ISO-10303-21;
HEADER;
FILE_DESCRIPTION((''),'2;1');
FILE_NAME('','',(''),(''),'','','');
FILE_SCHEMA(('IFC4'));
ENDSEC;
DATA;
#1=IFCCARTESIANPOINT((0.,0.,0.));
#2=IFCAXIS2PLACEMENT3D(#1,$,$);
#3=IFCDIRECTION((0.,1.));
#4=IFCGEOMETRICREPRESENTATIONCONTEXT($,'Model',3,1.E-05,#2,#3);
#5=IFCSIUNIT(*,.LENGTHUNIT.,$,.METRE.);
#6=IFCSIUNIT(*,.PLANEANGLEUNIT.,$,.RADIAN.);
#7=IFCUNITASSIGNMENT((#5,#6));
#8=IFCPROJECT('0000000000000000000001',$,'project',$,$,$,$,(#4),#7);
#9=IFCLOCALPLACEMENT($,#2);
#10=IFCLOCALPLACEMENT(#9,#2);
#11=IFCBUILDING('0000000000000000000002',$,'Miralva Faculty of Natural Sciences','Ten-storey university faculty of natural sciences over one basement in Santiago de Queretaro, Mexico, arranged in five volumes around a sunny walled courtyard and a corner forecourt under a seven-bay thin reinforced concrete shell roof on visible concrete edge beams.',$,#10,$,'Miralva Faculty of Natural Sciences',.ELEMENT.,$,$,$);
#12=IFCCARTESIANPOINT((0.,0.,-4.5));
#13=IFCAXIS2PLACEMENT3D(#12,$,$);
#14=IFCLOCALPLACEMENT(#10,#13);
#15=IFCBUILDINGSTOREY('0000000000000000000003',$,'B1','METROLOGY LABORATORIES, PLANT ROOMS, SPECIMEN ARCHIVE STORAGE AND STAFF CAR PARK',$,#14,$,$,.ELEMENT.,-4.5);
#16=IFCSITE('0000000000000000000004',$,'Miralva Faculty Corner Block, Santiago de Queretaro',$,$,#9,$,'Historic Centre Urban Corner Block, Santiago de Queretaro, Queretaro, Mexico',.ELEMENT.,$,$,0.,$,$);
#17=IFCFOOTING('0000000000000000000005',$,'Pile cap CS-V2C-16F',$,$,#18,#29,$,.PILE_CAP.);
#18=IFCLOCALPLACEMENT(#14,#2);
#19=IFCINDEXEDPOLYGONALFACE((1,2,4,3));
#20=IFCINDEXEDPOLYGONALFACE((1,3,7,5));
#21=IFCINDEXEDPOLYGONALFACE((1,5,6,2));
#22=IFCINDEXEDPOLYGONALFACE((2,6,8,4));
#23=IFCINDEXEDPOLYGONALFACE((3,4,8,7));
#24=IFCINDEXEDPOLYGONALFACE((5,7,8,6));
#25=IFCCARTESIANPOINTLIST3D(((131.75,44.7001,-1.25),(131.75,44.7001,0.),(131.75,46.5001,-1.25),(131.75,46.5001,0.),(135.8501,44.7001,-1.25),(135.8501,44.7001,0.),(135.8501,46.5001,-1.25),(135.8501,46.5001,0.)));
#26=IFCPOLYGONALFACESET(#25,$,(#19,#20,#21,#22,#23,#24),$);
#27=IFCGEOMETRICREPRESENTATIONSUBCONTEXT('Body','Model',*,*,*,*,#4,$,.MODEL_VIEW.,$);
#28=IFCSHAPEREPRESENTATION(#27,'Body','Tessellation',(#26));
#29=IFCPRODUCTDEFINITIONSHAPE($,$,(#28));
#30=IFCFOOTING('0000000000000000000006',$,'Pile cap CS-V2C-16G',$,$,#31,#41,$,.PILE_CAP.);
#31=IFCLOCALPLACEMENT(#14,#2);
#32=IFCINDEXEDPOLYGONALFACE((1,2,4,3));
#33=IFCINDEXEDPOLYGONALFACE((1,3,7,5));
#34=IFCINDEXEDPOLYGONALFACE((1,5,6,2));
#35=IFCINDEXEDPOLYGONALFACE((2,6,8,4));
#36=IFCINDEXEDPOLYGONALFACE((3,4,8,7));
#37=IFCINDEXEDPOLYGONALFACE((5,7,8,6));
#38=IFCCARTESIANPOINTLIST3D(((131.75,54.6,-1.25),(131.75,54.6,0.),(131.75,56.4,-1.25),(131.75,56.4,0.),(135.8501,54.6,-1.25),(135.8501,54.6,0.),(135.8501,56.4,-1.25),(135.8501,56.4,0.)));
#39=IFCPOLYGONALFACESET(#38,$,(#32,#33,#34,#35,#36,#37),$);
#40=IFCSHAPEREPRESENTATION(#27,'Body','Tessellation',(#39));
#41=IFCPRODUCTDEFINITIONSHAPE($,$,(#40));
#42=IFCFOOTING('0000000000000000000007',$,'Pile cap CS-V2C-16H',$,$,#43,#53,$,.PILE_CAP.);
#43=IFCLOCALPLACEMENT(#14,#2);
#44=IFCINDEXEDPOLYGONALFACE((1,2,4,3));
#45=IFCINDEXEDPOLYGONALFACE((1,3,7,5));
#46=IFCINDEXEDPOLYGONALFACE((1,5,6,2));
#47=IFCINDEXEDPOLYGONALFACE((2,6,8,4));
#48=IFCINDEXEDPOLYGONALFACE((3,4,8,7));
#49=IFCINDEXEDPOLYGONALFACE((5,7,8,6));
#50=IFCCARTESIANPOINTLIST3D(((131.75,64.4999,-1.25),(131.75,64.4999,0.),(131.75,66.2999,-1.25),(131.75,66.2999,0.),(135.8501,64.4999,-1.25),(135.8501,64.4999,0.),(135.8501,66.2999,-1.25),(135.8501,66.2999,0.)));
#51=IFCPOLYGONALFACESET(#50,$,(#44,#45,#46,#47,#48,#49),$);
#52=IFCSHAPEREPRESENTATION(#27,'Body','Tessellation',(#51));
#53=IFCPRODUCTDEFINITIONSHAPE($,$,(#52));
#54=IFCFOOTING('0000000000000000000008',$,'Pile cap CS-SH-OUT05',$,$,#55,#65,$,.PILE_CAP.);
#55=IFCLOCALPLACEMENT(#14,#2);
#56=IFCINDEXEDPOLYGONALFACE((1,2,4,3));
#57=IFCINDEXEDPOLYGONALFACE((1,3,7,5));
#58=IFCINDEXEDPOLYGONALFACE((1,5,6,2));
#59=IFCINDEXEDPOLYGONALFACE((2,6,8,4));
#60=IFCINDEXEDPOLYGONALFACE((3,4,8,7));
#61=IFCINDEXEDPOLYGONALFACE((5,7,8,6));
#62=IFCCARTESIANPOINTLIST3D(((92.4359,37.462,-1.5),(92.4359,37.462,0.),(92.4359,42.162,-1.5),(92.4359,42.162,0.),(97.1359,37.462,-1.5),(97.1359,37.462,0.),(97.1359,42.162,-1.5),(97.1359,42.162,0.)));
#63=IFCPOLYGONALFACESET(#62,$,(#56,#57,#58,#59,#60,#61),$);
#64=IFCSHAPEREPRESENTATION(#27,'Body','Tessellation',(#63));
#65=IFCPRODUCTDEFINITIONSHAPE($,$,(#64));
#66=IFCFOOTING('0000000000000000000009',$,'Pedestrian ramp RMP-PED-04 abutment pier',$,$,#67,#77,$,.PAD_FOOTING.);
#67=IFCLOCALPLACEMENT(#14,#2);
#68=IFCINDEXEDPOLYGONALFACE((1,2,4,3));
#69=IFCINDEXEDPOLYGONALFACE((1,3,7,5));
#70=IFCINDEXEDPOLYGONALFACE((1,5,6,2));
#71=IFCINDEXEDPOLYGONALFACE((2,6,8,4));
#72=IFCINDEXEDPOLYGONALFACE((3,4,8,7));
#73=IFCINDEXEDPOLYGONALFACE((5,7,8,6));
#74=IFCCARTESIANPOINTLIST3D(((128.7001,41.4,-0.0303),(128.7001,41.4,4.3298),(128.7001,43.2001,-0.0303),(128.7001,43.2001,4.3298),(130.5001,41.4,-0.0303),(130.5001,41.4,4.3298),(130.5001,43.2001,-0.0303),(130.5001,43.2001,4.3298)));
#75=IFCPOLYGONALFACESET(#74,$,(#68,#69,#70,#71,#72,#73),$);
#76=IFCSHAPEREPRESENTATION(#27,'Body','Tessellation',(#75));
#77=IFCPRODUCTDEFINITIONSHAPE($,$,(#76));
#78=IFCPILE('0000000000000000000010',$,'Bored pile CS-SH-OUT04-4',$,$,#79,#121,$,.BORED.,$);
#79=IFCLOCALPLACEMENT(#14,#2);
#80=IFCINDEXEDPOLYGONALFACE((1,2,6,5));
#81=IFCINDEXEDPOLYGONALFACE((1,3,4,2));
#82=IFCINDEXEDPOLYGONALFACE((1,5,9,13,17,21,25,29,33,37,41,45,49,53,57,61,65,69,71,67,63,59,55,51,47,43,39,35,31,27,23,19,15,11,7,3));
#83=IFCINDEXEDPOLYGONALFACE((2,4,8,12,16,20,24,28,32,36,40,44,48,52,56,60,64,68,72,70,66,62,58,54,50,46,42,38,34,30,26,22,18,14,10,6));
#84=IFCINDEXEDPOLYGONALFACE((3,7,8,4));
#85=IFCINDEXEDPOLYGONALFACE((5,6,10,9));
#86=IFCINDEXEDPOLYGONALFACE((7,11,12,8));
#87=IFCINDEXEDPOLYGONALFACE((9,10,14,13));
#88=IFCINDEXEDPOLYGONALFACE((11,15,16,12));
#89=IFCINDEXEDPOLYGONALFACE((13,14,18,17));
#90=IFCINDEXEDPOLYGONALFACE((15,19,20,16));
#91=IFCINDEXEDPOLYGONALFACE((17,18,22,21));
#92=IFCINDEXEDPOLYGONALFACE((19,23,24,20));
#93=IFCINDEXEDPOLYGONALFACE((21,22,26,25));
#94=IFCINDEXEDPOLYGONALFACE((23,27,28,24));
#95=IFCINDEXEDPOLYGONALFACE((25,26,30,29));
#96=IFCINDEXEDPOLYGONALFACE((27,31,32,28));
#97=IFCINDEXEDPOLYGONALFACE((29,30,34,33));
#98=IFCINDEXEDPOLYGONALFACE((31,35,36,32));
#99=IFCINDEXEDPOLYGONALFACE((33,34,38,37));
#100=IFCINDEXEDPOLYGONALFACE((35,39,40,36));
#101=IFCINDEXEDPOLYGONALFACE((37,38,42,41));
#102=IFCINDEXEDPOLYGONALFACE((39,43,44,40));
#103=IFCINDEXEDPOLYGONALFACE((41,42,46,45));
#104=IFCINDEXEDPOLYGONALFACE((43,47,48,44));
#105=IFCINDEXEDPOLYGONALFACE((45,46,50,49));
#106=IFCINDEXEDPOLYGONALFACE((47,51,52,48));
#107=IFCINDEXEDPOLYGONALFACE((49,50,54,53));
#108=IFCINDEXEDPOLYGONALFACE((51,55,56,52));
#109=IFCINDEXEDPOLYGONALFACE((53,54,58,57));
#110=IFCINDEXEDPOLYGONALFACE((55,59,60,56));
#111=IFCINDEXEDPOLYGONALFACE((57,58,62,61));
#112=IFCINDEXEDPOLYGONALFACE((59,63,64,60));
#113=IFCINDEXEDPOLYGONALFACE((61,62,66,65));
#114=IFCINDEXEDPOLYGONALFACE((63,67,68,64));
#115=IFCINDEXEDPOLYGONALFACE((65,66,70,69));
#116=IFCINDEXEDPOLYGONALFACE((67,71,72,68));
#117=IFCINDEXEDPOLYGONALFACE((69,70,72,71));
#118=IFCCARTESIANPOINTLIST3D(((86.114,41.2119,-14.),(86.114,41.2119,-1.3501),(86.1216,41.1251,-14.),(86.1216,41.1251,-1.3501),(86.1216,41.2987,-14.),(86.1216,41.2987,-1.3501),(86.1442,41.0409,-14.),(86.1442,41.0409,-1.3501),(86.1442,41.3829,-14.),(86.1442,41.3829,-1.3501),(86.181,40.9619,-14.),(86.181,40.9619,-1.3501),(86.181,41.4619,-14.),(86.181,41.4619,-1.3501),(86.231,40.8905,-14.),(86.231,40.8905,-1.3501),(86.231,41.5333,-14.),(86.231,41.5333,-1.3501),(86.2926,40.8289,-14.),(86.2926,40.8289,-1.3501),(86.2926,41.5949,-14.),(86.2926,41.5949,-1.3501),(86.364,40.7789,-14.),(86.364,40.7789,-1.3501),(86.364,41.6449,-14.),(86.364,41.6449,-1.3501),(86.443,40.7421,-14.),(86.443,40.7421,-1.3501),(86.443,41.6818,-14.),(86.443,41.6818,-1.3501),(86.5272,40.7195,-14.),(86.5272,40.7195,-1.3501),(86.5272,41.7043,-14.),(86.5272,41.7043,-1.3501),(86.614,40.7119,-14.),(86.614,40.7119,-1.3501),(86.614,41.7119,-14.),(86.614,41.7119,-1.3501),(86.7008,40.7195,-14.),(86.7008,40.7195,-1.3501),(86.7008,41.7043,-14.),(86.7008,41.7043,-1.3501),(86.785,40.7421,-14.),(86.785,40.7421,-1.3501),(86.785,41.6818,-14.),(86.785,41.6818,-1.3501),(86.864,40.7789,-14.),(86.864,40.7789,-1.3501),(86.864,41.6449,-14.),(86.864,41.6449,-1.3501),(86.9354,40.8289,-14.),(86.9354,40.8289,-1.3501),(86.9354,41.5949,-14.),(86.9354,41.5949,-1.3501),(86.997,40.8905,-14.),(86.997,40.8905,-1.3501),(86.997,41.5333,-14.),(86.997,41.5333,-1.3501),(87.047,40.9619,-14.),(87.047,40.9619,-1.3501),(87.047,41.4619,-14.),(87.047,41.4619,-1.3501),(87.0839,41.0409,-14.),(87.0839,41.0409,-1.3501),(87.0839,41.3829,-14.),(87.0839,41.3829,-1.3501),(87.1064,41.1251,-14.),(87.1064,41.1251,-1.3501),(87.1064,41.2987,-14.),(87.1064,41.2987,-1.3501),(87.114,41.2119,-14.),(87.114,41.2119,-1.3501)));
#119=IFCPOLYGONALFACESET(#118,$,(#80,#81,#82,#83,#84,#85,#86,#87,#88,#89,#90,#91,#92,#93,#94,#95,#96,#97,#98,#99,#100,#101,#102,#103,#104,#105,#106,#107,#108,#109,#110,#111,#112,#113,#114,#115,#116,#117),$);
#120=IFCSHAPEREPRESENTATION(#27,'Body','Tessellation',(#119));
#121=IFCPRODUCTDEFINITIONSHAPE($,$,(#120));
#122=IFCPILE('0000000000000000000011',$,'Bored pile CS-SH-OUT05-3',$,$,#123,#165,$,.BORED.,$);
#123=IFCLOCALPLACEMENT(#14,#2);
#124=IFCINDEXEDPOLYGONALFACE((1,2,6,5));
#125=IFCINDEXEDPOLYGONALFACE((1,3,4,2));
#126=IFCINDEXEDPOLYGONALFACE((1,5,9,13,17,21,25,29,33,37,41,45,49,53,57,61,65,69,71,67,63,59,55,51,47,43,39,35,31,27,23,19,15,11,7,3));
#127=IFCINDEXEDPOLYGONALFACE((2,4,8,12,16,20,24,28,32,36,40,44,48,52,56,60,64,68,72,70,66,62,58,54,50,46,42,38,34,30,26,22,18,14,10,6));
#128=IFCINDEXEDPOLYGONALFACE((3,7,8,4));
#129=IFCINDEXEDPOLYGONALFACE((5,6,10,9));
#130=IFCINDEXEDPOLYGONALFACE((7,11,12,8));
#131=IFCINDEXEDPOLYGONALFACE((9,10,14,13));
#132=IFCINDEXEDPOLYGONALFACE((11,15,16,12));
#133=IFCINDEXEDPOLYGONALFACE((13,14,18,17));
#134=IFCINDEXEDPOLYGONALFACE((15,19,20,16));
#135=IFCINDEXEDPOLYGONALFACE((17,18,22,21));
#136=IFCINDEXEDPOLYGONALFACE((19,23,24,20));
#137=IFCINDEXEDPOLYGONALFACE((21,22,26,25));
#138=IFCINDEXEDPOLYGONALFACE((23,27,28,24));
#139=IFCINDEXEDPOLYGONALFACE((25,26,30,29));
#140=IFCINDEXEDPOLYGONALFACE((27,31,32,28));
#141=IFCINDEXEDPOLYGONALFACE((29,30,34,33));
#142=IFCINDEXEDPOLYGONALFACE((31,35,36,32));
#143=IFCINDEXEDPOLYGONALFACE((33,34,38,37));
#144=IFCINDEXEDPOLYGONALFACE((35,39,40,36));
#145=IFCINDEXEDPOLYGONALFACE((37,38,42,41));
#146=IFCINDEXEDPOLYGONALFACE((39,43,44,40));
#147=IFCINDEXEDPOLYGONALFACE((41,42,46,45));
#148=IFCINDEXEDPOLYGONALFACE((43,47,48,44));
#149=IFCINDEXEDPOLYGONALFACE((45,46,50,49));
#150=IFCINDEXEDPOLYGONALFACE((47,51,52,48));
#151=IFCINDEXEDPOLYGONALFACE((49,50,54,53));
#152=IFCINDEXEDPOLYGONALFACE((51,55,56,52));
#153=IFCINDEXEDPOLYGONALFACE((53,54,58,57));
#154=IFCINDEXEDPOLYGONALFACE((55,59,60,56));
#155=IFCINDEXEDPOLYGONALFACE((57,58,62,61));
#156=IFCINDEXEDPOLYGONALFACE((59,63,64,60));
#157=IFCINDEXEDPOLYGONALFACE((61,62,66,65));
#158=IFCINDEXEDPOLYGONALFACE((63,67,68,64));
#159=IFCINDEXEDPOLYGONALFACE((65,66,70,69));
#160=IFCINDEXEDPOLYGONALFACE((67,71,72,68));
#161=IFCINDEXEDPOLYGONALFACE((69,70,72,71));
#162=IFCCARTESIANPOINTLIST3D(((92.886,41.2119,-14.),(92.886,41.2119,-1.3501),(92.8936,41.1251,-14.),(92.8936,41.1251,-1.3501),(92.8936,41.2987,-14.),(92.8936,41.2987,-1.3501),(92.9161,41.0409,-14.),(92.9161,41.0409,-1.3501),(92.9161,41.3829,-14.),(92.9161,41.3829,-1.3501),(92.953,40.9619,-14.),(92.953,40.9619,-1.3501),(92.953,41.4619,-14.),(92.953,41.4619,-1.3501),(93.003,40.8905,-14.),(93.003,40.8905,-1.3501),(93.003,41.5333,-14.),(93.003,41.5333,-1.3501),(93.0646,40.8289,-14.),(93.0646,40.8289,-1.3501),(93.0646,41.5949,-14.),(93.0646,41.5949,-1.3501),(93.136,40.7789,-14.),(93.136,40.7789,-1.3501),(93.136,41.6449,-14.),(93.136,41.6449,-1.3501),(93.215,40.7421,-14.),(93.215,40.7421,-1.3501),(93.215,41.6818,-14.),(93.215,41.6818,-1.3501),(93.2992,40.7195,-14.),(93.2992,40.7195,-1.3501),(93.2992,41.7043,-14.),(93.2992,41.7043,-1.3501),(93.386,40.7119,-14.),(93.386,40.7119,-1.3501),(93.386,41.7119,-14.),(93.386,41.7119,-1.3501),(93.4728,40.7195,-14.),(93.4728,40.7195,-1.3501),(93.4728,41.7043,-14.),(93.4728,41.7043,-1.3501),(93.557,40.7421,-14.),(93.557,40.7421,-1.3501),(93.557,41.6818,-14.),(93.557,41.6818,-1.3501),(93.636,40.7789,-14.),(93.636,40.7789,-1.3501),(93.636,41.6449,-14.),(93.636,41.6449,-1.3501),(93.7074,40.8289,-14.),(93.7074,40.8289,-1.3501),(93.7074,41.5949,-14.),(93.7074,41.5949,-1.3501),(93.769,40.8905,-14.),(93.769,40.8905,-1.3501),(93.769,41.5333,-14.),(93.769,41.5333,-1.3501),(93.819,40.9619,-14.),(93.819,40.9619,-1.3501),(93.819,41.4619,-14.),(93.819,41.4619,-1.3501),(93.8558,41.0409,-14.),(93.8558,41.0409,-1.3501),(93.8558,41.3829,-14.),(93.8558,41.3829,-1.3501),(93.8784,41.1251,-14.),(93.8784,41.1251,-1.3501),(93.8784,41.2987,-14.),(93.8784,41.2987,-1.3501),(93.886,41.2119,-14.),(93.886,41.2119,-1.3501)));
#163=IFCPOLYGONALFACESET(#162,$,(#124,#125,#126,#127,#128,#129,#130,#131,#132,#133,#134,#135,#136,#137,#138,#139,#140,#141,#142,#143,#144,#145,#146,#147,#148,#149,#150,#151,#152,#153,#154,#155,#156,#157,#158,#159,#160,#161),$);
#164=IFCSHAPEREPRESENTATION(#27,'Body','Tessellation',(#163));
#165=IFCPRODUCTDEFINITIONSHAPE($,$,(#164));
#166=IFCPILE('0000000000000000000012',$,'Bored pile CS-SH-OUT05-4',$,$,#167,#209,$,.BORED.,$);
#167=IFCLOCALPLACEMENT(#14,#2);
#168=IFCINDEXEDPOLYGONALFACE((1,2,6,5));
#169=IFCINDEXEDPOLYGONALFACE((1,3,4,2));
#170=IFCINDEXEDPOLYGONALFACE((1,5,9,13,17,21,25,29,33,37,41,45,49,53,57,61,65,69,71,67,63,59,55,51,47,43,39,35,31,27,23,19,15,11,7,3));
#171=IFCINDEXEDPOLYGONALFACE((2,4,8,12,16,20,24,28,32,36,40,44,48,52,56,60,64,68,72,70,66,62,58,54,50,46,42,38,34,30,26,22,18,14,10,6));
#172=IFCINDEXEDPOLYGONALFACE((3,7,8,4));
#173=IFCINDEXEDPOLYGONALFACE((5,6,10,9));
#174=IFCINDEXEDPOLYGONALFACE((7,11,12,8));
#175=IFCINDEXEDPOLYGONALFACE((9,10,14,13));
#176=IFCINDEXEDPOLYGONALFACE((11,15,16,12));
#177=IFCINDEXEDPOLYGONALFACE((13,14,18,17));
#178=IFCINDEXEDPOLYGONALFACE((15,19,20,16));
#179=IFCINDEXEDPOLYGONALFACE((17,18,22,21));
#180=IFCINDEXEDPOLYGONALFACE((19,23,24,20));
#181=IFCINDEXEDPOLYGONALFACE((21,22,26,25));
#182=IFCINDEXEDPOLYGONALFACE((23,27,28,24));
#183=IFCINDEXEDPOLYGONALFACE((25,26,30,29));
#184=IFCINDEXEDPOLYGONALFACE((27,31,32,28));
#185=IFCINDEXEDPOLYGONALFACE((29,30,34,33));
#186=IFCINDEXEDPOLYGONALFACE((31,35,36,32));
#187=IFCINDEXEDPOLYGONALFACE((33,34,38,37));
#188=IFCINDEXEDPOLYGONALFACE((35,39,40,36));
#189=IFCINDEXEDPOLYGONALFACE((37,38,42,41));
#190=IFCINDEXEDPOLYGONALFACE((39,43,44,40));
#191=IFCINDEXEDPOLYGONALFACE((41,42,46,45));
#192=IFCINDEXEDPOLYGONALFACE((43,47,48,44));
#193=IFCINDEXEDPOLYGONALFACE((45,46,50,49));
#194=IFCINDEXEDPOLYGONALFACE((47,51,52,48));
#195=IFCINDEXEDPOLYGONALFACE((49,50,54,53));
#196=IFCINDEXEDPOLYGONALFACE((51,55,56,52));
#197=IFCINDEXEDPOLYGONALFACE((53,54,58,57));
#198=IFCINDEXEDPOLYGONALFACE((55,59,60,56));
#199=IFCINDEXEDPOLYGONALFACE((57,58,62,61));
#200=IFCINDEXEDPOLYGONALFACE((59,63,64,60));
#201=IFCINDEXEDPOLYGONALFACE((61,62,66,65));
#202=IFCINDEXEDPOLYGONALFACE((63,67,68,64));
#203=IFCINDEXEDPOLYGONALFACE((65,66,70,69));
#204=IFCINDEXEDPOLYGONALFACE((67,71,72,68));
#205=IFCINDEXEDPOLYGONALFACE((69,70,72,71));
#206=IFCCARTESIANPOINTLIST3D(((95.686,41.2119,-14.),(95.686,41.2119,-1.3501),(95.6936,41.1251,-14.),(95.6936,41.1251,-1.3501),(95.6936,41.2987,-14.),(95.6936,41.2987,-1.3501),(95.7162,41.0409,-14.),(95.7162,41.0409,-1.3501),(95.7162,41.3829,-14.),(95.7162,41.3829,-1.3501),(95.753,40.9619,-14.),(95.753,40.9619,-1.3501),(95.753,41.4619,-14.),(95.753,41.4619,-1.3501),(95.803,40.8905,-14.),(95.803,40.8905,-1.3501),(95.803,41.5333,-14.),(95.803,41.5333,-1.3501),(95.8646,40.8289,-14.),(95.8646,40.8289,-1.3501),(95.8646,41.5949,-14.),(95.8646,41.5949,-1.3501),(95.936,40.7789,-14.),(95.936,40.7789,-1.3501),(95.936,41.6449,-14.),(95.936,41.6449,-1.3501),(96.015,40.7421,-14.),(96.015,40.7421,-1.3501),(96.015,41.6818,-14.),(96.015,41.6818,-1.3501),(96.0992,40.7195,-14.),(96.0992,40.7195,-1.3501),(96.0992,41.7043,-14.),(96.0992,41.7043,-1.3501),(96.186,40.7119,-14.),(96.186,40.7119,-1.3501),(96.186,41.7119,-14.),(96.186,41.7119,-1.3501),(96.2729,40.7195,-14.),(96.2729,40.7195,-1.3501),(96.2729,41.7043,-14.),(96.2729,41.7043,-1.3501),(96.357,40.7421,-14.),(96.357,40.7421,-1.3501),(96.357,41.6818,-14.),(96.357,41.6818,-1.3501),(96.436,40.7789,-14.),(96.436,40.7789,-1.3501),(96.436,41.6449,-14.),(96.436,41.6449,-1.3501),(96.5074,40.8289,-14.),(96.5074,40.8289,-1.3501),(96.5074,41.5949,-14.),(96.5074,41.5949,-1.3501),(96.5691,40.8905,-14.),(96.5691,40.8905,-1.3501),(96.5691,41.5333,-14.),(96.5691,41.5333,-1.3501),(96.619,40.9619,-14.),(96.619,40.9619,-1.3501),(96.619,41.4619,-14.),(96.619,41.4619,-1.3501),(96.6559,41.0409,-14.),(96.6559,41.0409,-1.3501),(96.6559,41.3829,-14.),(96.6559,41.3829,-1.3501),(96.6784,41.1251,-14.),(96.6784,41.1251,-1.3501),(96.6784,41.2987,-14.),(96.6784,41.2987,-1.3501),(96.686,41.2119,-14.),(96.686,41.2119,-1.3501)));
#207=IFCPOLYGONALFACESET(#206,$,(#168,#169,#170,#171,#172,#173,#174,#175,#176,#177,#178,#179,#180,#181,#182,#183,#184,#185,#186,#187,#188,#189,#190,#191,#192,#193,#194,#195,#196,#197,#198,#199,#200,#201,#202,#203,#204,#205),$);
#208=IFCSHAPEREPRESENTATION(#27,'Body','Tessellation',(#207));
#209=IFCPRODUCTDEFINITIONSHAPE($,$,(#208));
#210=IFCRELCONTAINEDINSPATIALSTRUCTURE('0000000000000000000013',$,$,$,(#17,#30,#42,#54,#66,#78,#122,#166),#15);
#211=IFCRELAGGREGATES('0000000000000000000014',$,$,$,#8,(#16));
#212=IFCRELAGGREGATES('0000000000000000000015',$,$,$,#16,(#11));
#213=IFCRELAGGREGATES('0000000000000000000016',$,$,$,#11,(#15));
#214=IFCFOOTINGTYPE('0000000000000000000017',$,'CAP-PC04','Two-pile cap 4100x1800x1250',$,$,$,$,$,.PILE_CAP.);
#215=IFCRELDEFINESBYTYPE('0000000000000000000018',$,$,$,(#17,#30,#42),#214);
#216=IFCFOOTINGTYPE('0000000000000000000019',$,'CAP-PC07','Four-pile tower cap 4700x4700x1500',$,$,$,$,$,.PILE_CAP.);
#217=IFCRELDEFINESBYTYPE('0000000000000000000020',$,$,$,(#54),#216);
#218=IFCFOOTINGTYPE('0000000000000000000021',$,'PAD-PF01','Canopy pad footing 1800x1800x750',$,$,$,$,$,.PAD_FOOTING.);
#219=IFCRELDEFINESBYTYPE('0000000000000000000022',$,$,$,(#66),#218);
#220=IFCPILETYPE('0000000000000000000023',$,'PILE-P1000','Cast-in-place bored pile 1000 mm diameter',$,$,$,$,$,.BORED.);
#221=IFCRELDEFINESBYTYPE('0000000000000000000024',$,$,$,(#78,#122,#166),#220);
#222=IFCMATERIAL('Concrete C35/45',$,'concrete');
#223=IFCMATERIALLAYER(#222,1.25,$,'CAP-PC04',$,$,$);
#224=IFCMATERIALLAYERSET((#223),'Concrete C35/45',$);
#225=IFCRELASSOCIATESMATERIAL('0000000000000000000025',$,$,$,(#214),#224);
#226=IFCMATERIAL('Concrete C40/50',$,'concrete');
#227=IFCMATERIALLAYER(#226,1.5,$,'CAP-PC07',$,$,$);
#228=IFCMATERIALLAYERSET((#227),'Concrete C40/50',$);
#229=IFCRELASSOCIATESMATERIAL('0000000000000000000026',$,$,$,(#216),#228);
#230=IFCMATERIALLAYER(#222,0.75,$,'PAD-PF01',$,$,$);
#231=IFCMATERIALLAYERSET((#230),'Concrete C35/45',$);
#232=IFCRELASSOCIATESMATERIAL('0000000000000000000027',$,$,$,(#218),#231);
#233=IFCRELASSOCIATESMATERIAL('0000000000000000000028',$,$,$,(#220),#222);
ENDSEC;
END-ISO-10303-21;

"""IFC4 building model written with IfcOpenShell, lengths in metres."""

from ifc_helpers import new_model, si_unit, direction, frame, origin, origin_2d, place, context, subcontext, project, spatial, rectangle, circle, extrude, material, layer, layer_set, material_profile, profile_set, type_object, element, save


model = new_model("IFC4")

# Units and contexts
model_context = context("Model", 3, precision=1e-05, world=origin(), true_north=direction((0.0, 1.0)))
body_context = subcontext(model_context, "Body", "Model", "MODEL_VIEW")
ifc_project = project(units=[si_unit("LENGTHUNIT", "METRE"), si_unit("PLANEANGLEUNIT", "RADIAN")], contexts=[model_context])

# Site, building, storey
site_placement = place(None, origin())
site = spatial("IfcSite", under=ifc_project, at=site_placement, Name="Miralva Faculty Corner Block, Santiago de Queretaro", LongName="Historic Centre Urban Corner Block, Santiago de Queretaro, Queretaro, Mexico", CompositionType="ELEMENT", RefElevation=0.0)
building_placement = place(site_placement, origin())
building = spatial("IfcBuilding", under=site, at=building_placement, Name="Miralva Faculty of Natural Sciences", Description="Ten-storey university faculty of natural sciences over one basement in Santiago de Queretaro, Mexico, arranged in five volumes around a sunny walled courtyard and a corner forecourt under a seven-bay thin reinforced concrete shell roof on visible concrete edge beams.", LongName="Miralva Faculty of Natural Sciences", CompositionType="ELEMENT")
storey_placement = place(building_placement, frame((0.0, 0.0, -4.5)))
storey = spatial("IfcBuildingStorey", under=building, at=storey_placement, Name="B1", Description="METROLOGY LABORATORIES, PLANT ROOMS, SPECIMEN ARCHIVE STORAGE AND STAFF CAR PARK", CompositionType="ELEMENT", Elevation=-4.5)

# Footings
ifc_material_1 = material(Name="Concrete C35/45", Category="concrete")
ifc_layer_1 = layer(ifc_material_1, 1.25, Name="CAP-PC04")
ifc_layer_set_1 = layer_set([ifc_layer_1], Name="Concrete C35/45")
footing_type_1 = type_object("IfcFootingType", Name="CAP-PC04", Description="Two-pile cap 4100x1800x1250", PredefinedType="PILE_CAP", material=ifc_layer_set_1)
for number, where, z_axis, x_axis, name in (
    (1, (133.8, 45.6001, -1.25), (0.0, 0.0, 1.0), (1.0, 0.0, 0.0), "Pile cap CS-V2C-16F"),
    (2, (133.8, 55.5, -1.25), (0.0, 0.0, 1.0), (1.0, 0.0, 0.0), "Pile cap CS-V2C-16G"),
    (3, (133.8, 65.3999, -1.25), (0.0, 0.0, 1.0), (1.0, 0.0, 0.0), "Pile cap CS-V2C-16H"),
):
    element("IfcFooting", number, at=place(storey_placement, frame(where, z_axis=z_axis, x_axis=x_axis)), inside=storey, type_object=footing_type_1, Name=name, PredefinedType="PILE_CAP", context=body_context, shape_type="SweptSolid", body=[
        extrude(rectangle(XDim=4.1001, YDim=1.8, at=origin_2d()), origin(), (0.0, 0.0, 1.0), 1.25),
    ])
ifc_material_2 = material(Name="Concrete C40/50", Category="concrete")
ifc_layer_2 = layer(ifc_material_2, 1.5, Name="CAP-PC07")
ifc_layer_set_2 = layer_set([ifc_layer_2], Name="Concrete C40/50")
footing_type_2 = type_object("IfcFootingType", Name="CAP-PC07", Description="Four-pile tower cap 4700x4700x1500", PredefinedType="PILE_CAP", material=ifc_layer_set_2)
footing_1_placement = place(storey_placement, frame((94.7859, 39.812, -1.5), z_axis=(0.0, 0.0, 1.0), x_axis=(1.0, 0.0, 0.0)))
element("IfcFooting", 4, at=footing_1_placement, inside=storey, type_object=footing_type_2, Name="Pile cap CS-SH-OUT05", PredefinedType="PILE_CAP", context=body_context, shape_type="SweptSolid", body=[
    extrude(rectangle(XDim=4.7, YDim=4.7, at=origin_2d()), origin(), (0.0, 0.0, 1.0), 1.5),
])
ifc_layer_3 = layer(ifc_material_1, 0.75, Name="PAD-PF01")
ifc_layer_set_3 = layer_set([ifc_layer_3], Name="Concrete C35/45")
footing_type_3 = type_object("IfcFootingType", Name="PAD-PF01", Description="Canopy pad footing 1800x1800x750", PredefinedType="PAD_FOOTING", material=ifc_layer_set_3)
footing_2_placement = place(storey_placement, frame((129.6001, 42.3, -0.0303), z_axis=(0.0, 0.0, 1.0), x_axis=(1.0, 0.0, 0.0)))
element("IfcFooting", 5, at=footing_2_placement, inside=storey, type_object=footing_type_3, Name="Pedestrian ramp RMP-PED-04 abutment pier", PredefinedType="PAD_FOOTING", context=body_context, shape_type="SweptSolid", body=[
    extrude(rectangle(XDim=1.8, YDim=1.8, at=origin_2d()), origin(), (0.0, 0.0, 1.0), 4.3601),
])

# Piles
ifc_material_profile_1 = material_profile(ifc_material_1, circle(Radius=0.5, at=origin_2d()), Name="BORED PILE 1000")
ifc_profile_set_1 = profile_set([ifc_material_profile_1], Name="Concrete C35/45")
pile_type = type_object("IfcPileType", Name="PILE-P1000", Description="Cast-in-place bored pile 1000 mm diameter", PredefinedType="BORED", material=ifc_profile_set_1)
for number, where, z_axis, x_axis, name in (
    (6, (86.614, 41.2119, -1.3501), (0.0, 0.0, -1.0), (1.0, 0.0, 0.0), "Bored pile CS-SH-OUT04-4"),
    (7, (93.386, 41.2119, -1.3501), (0.0, 0.0, -1.0), (1.0, 0.0, 0.0), "Bored pile CS-SH-OUT05-3"),
    (8, (96.186, 41.2119, -1.3501), (0.0, 0.0, -1.0), (1.0, 0.0, 0.0), "Bored pile CS-SH-OUT05-4"),
):
    element("IfcPile", number, at=place(storey_placement, frame(where, z_axis=z_axis, x_axis=x_axis)), inside=storey, type_object=pile_type, Name=name, PredefinedType="BORED", context=body_context, shape_type="SweptSolid", body=[
        extrude(circle(Radius=0.5, at=origin_2d()), origin(), (0.0, 0.0, 1.0), 12.6499),
    ])

save(model, "model.ifc")
